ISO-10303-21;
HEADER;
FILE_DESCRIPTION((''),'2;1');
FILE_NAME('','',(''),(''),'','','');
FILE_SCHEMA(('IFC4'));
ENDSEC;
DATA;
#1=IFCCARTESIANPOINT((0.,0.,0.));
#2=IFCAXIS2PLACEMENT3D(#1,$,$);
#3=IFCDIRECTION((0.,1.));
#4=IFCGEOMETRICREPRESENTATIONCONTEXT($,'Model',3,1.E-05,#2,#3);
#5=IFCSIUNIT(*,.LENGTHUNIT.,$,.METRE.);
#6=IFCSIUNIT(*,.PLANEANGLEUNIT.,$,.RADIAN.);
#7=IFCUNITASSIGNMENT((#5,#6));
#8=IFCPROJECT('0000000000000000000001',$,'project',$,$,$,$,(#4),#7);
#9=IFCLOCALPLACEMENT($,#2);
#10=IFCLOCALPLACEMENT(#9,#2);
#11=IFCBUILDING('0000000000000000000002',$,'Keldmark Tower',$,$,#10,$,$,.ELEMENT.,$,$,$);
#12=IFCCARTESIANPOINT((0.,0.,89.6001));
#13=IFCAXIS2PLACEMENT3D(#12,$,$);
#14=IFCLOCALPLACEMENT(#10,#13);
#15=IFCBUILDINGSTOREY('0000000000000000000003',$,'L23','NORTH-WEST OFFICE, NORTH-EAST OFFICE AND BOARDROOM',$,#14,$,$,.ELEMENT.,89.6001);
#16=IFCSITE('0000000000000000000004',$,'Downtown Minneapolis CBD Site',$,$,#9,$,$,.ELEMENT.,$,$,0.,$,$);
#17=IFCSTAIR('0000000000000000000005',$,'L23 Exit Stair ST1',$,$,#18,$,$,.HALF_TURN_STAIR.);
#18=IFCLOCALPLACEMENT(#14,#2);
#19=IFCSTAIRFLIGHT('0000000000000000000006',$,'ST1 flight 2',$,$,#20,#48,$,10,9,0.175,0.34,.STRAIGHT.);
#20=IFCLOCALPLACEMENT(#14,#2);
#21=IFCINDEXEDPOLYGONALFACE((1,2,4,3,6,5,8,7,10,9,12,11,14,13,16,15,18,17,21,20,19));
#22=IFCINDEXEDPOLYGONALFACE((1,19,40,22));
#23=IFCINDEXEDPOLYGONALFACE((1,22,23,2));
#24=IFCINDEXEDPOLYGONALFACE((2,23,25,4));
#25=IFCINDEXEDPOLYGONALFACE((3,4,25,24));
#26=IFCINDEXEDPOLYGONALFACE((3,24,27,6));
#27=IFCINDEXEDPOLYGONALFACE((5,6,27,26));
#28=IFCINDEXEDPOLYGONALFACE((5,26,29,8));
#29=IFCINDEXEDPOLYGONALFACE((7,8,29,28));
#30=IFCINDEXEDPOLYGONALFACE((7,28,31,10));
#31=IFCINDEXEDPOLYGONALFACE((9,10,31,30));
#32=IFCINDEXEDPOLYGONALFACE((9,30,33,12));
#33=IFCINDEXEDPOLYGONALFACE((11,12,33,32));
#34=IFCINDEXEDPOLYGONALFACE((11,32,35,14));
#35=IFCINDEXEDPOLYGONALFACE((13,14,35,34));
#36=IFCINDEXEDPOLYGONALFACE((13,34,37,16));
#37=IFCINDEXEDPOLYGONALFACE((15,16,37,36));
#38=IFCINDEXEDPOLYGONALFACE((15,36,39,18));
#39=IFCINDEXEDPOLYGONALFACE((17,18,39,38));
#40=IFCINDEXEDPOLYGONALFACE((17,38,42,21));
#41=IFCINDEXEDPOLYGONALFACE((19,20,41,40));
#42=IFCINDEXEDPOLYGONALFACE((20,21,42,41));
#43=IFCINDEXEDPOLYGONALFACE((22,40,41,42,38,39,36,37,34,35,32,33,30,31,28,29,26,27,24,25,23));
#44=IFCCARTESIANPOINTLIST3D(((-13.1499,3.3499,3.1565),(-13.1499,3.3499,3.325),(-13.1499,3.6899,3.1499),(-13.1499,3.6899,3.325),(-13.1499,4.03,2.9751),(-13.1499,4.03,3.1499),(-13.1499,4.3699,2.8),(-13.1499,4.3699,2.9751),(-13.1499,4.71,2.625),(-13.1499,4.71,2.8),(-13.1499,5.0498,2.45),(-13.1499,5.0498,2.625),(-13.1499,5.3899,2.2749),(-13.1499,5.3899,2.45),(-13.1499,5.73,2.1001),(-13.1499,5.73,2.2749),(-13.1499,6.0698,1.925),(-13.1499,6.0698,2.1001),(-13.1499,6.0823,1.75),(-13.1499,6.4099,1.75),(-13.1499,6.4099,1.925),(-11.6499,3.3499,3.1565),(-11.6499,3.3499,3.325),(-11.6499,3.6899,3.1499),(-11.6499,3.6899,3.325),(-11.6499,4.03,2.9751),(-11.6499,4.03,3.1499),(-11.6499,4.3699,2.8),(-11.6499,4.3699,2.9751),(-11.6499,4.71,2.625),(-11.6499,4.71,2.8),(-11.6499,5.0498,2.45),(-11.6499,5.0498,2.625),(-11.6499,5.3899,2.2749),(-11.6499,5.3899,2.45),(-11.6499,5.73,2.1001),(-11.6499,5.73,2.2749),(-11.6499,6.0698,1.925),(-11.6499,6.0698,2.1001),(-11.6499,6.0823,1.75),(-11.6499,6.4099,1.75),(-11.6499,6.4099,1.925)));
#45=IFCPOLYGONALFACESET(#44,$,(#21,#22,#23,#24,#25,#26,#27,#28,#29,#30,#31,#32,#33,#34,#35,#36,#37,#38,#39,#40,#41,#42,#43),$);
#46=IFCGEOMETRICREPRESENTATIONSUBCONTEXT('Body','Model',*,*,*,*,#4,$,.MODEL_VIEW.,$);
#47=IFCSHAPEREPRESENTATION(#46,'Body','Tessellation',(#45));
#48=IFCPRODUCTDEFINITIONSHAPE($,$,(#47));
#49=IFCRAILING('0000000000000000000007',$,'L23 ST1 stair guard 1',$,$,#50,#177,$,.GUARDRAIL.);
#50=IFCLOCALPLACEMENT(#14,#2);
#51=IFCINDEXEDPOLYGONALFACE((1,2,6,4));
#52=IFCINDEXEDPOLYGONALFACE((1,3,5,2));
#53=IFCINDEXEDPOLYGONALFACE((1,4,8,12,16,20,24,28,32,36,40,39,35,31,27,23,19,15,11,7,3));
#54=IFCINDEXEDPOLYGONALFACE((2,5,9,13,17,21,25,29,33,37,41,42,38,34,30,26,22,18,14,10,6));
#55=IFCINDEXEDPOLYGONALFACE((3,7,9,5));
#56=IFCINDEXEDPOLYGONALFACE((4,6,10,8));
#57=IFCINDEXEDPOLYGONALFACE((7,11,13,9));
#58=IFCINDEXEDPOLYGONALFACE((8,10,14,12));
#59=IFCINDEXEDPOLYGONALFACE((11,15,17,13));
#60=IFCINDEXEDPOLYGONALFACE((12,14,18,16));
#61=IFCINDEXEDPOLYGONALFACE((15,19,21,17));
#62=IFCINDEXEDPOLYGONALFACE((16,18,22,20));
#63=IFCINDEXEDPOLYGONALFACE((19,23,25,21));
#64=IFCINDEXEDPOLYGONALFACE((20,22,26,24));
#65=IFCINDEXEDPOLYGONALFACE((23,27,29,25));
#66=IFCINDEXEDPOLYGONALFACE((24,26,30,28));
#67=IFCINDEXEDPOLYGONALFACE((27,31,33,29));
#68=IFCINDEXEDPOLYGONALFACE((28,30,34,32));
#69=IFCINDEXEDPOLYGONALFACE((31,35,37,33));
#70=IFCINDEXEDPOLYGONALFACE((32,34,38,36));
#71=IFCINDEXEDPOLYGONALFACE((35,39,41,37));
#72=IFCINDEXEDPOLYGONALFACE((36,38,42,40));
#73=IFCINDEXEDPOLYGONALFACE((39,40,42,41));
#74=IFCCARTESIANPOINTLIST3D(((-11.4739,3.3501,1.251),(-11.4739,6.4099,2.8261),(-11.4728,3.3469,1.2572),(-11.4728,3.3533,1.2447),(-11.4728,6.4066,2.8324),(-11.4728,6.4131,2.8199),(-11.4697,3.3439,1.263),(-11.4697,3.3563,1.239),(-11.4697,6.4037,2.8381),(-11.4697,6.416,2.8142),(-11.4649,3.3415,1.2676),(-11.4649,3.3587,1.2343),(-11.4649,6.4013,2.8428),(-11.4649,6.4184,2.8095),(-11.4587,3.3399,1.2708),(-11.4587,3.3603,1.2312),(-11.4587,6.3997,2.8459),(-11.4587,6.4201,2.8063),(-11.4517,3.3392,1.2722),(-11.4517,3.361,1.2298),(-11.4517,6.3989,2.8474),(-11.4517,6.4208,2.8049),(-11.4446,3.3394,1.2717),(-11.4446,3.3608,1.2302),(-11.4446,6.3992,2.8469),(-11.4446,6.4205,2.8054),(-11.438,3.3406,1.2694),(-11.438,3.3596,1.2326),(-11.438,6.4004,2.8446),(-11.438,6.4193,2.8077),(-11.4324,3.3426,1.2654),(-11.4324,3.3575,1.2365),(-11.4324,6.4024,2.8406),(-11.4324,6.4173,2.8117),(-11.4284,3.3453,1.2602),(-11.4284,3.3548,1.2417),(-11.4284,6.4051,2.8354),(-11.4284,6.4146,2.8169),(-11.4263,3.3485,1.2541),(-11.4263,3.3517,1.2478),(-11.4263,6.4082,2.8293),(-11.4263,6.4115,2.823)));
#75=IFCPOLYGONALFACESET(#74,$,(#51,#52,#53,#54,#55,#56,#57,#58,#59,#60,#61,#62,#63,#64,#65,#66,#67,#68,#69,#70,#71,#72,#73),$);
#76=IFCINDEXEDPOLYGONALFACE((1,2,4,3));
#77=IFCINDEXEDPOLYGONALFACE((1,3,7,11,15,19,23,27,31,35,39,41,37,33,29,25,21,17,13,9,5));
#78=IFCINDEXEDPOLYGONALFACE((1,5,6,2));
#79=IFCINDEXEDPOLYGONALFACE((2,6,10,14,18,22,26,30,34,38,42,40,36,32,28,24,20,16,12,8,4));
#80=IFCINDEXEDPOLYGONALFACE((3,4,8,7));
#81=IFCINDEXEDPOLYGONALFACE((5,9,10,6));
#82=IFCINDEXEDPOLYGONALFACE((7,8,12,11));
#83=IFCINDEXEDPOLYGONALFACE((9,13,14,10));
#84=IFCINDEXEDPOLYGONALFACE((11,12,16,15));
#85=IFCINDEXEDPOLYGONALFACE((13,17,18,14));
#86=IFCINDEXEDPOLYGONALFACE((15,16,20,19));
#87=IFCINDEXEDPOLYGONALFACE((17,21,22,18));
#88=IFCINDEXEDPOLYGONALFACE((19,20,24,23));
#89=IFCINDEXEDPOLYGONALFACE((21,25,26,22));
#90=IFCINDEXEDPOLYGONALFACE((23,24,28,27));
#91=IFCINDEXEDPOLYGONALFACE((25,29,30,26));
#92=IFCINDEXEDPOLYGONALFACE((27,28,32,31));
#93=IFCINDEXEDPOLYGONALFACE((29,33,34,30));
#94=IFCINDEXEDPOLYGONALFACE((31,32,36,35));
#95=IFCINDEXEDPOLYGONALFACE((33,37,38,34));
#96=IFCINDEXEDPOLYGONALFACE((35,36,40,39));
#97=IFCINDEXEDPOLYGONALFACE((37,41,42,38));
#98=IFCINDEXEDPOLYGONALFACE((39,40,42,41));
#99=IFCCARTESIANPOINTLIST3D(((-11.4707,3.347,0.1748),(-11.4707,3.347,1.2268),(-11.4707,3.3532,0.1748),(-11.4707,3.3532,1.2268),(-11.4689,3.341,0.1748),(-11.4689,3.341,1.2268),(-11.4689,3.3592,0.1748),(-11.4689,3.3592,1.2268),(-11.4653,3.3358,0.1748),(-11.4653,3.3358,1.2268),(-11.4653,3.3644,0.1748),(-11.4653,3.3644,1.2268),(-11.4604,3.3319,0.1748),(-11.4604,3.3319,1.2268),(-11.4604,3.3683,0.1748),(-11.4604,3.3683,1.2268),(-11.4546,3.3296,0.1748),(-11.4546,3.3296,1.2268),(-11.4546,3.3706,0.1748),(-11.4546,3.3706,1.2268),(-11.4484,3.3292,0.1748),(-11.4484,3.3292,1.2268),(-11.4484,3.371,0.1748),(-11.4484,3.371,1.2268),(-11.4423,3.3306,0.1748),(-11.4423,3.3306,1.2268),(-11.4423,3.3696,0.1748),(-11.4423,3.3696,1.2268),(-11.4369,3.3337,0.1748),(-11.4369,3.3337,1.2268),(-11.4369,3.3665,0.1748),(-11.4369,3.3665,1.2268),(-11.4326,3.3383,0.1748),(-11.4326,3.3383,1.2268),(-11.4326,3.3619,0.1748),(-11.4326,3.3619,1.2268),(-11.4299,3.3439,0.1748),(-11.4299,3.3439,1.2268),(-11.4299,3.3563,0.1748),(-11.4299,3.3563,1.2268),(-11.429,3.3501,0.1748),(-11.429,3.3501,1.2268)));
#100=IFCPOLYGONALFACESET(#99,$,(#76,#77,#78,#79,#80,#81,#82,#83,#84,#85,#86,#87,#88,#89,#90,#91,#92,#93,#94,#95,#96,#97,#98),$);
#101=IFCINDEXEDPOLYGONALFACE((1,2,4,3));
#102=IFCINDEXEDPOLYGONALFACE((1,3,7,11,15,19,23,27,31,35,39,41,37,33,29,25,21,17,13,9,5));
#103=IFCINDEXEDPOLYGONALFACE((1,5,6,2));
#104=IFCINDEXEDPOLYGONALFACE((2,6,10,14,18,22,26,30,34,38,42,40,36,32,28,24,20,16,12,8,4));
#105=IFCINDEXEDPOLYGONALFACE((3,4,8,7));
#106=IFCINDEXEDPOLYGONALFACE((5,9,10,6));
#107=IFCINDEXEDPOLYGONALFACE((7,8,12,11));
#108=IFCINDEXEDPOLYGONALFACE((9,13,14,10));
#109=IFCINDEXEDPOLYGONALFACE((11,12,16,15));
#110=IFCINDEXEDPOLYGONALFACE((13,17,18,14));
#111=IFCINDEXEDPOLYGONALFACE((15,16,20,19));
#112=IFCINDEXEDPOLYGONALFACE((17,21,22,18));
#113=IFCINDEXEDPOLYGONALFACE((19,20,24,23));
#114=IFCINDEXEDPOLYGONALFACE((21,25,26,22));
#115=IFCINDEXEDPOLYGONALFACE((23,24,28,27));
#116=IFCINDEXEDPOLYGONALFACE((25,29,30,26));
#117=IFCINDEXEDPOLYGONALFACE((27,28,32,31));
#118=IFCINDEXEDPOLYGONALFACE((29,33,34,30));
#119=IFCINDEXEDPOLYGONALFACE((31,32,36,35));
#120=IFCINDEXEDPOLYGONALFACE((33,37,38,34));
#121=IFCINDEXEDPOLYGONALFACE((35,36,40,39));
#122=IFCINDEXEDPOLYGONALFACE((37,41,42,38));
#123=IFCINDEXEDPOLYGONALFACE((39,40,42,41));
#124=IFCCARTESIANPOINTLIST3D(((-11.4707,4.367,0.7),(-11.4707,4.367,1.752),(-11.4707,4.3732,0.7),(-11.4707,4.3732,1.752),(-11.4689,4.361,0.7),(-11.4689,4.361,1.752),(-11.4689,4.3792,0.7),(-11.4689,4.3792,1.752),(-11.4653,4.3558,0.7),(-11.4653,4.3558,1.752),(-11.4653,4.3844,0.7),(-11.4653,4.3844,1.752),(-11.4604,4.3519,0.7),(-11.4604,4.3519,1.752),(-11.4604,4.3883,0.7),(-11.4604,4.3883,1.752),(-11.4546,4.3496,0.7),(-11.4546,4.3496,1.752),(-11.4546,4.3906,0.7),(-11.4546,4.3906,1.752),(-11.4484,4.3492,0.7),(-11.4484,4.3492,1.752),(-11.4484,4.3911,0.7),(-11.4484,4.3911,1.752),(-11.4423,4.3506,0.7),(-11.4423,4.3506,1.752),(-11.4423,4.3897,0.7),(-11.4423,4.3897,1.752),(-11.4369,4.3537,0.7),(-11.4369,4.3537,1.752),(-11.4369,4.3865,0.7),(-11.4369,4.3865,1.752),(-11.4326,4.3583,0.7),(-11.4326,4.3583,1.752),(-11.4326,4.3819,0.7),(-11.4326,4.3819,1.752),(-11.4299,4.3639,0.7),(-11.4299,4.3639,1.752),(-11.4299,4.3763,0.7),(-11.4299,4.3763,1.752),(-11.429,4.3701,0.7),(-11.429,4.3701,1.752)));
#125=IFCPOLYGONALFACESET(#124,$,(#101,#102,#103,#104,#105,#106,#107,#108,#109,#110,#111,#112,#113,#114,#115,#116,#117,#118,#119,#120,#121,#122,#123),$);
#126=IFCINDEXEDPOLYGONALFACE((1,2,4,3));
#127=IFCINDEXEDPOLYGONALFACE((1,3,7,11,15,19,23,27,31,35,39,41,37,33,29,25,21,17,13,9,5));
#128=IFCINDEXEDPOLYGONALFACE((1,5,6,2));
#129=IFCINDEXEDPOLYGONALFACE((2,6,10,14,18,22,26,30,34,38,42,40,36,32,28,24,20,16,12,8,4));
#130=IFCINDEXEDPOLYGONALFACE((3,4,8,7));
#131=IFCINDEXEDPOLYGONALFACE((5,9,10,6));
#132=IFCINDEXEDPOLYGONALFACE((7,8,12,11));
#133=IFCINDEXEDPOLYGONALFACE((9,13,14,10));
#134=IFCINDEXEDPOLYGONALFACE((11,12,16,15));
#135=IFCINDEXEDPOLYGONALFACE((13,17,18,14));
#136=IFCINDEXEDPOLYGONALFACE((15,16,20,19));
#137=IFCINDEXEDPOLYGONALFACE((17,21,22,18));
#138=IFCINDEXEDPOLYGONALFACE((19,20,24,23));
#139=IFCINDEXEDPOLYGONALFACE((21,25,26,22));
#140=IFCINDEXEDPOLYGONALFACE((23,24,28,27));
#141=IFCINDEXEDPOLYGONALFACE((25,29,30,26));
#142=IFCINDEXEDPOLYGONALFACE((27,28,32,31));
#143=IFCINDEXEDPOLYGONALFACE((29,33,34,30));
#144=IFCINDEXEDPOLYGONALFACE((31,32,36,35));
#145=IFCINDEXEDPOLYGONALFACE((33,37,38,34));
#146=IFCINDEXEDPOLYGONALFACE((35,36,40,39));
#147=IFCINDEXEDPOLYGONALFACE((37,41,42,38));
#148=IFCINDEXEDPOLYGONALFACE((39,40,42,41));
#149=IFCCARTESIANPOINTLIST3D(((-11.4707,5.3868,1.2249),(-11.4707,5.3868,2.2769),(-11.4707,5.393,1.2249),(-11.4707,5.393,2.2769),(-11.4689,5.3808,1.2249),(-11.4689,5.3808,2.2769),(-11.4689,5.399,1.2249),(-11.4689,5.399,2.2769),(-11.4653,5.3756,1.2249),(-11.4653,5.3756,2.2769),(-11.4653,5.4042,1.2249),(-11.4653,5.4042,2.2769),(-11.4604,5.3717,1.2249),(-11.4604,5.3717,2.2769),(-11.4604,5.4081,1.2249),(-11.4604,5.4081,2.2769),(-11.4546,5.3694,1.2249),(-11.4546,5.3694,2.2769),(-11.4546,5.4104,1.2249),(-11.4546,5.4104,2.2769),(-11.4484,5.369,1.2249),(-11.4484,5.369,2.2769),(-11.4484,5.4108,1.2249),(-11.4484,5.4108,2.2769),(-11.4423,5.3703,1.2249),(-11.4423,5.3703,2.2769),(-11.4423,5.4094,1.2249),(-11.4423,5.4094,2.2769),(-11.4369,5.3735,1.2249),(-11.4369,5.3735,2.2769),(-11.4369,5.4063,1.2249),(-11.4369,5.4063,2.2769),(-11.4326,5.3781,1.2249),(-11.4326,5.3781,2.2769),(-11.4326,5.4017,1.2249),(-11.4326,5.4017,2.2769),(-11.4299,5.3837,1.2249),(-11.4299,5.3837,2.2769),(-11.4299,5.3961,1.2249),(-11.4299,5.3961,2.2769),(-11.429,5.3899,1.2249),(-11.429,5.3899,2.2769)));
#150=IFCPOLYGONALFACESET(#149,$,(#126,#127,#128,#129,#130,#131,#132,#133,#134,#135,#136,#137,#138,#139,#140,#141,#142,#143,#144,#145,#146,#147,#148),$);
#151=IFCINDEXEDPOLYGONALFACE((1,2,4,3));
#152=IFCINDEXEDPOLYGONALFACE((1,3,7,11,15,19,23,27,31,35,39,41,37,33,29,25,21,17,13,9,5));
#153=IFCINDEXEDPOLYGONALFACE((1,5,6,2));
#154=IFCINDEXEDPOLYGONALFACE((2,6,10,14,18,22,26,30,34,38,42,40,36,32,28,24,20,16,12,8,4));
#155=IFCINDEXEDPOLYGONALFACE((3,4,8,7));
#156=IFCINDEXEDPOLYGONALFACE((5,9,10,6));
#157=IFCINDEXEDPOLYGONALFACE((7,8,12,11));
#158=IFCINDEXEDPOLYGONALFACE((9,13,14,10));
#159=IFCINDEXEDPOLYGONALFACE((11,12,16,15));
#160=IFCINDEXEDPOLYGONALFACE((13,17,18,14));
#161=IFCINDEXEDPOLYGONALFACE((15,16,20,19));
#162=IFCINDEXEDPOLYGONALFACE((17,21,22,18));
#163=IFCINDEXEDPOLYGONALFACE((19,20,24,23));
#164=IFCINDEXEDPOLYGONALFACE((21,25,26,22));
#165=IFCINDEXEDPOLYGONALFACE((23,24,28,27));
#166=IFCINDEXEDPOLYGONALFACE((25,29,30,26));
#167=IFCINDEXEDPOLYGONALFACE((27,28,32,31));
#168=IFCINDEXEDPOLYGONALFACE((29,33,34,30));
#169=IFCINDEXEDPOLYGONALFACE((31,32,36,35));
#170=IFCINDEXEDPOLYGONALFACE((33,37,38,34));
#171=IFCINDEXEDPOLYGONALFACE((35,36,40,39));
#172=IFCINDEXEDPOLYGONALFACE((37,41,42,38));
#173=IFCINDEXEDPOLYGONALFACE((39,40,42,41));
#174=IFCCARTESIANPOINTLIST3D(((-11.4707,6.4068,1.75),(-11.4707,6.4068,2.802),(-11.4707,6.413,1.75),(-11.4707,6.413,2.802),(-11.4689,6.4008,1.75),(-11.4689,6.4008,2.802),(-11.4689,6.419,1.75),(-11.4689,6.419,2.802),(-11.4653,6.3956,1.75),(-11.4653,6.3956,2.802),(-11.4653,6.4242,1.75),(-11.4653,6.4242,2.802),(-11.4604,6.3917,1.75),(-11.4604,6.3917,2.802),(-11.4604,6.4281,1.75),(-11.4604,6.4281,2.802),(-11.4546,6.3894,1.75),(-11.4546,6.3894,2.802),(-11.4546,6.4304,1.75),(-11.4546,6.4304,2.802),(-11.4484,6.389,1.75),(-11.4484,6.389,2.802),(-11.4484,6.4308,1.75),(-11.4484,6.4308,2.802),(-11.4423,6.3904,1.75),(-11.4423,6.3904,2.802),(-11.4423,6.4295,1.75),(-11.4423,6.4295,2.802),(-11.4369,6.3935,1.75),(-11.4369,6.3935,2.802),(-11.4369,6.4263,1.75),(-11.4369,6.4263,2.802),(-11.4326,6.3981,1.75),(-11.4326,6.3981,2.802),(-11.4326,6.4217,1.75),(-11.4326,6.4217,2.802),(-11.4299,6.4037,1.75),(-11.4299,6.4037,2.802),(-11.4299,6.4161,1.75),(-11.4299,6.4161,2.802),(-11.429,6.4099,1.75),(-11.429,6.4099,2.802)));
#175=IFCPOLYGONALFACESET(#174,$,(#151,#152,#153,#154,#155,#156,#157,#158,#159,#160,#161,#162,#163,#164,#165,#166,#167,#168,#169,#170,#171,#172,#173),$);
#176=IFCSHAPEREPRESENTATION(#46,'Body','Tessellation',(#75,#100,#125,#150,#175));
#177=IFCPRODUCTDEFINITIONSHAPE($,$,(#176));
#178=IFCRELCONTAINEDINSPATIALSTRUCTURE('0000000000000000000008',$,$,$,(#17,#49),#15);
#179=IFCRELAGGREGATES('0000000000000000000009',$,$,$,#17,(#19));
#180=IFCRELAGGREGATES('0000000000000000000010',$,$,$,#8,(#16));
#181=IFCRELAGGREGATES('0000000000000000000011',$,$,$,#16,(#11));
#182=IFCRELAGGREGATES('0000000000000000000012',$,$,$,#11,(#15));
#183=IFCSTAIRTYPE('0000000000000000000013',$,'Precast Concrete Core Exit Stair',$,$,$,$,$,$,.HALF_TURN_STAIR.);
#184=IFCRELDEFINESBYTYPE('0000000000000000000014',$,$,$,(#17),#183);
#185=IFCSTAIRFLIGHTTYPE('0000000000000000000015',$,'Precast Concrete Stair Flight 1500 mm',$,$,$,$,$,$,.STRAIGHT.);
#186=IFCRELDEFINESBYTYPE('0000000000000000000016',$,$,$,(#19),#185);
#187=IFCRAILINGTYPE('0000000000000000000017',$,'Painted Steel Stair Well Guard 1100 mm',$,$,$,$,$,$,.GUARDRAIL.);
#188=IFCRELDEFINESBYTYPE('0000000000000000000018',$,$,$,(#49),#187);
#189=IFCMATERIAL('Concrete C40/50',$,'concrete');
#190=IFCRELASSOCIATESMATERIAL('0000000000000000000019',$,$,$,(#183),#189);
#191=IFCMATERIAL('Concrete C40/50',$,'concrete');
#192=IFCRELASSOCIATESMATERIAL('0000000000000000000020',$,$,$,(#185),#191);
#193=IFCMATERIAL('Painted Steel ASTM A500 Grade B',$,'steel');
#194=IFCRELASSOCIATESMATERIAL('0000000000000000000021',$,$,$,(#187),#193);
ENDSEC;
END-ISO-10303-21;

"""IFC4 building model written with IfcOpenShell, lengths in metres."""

from ifc_helpers import new_model, si_unit, direction, frame, origin, origin_2d, place, context, subcontext, project, spatial, polyline, circle, outline, extrude, material, type_object, element, aggregate, save


model = new_model("IFC4")

# Units and contexts
model_context = context("Model", 3, precision=1e-05, world=origin(), true_north=direction((0.0, 1.0)))
body_context = subcontext(model_context, "Body", "Model", "MODEL_VIEW")
ifc_project = project(units=[si_unit("LENGTHUNIT", "METRE"), si_unit("PLANEANGLEUNIT", "RADIAN")], contexts=[model_context])

# Site, building, storey
site_placement = place(None, origin())
site = spatial("IfcSite", under=ifc_project, at=site_placement, Name="Downtown Minneapolis CBD Site", CompositionType="ELEMENT", RefElevation=0.0)
building_placement = place(site_placement, origin())
building = spatial("IfcBuilding", under=site, at=building_placement, Name="Keldmark Tower", CompositionType="ELEMENT")
storey_placement = place(building_placement, frame((0.0, 0.0, 89.6001)))
storey = spatial("IfcBuildingStorey", under=building, at=storey_placement, Name="L23", Description="NORTH-WEST OFFICE, NORTH-EAST OFFICE AND BOARDROOM", CompositionType="ELEMENT", Elevation=89.6001)

# Stair, stair flight
ifc_material_1 = material(Name="Concrete C40/50", Category="concrete")
stair_type = type_object("IfcStairType", Name="Precast Concrete Core Exit Stair", PredefinedType="HALF_TURN_STAIR", material=ifc_material_1)
stair_placement = place(storey_placement, origin())
stair = element("IfcStair", 1, at=stair_placement, inside=storey, type_object=stair_type, Name="L23 Exit Stair ST1", PredefinedType="HALF_TURN_STAIR")
ifc_material_2 = material(Name="Concrete C40/50", Category="concrete")
stair_flight_type = type_object("IfcStairFlightType", Name="Precast Concrete Stair Flight 1500 mm", PredefinedType="STRAIGHT", material=ifc_material_2)
stair_flight_1_placement = place(storey_placement, frame((-12.3999, 6.4099, 1.75), z_axis=(0.0, 0.0, 1.0), x_axis=(0.0, -1.0, 0.0)))
stair_flight_1 = element("IfcStairFlight", 2, at=stair_flight_1_placement, type_object=stair_flight_type, Name="ST1 flight 2", NumberOfRisers=10, NumberOfTreads=9, PredefinedType="STRAIGHT", RiserHeight=0.175, TreadLength=0.34, context=body_context, shape_type="SweptSolid", body=[
    extrude(outline(polyline([(0.0, 0.0), (0.0, 0.175), (0.3401, 0.175), (0.3401, 0.3501), (0.6799, 0.3501), (0.6799, 0.5249), (1.02, 0.5249), (1.02, 0.7), (1.3601, 0.7), (1.3601, 0.875), (1.7, 0.875), (1.7, 1.05), (2.04, 1.05), (2.04, 1.2251), (2.3799, 1.2251), (2.3799, 1.3999), (2.72, 1.3999), (2.72, 1.575), (3.0601, 1.575), (3.0601, 1.75), (3.0601, 1.4065), (0.3276, 0.0), (0.0, 0.0)])), frame((0.0, 0.75, 0.0), z_axis=(0.0, -1.0, 0.0), x_axis=(1.0, 0.0, 0.0)), (0.0, 0.0, 1.0), 1.5),
])
aggregate(stair, [stair_flight_1])

# Railing
ifc_material_3 = material(Name="Painted Steel ASTM A500 Grade B", Category="steel")
railing_type_1 = type_object("IfcRailingType", Name="Painted Steel Stair Well Guard 1100 mm", PredefinedType="GUARDRAIL", material=ifc_material_3)
railing_1_placement = place(storey_placement, frame((-11.45, 3.3501, 0.1748)))
element("IfcRailing", 3, at=railing_1_placement, inside=storey, type_object=railing_type_1, Name="L23 ST1 stair guard 1", PredefinedType="GUARDRAIL", context=body_context, shape_type="SweptSolid", body=[
    extrude(circle(Radius=0.0239, at=origin_2d()), frame((0.0, 0.0, 1.0762), z_axis=(0.0, 0.889101, 0.45771), x_axis=(-1.0, 0.0, 0.0)), (0.0, 0.0, 1.0), 3.4414),
    extrude(circle(Radius=0.021, at=origin_2d()), origin(), (0.0, 0.0, 1.0), 1.052),
    extrude(circle(Radius=0.021, at=origin_2d()), frame((0.0, 1.02, 0.5251)), (0.0, 0.0, 1.0), 1.052),
    extrude(circle(Radius=0.021, at=origin_2d()), frame((0.0, 2.0398, 1.05)), (0.0, 0.0, 1.0), 1.052),
    extrude(circle(Radius=0.021, at=origin_2d()), frame((0.0, 3.0598, 1.5752)), (0.0, 0.0, 1.0), 1.052),
])

save(model, "model.ifc")
